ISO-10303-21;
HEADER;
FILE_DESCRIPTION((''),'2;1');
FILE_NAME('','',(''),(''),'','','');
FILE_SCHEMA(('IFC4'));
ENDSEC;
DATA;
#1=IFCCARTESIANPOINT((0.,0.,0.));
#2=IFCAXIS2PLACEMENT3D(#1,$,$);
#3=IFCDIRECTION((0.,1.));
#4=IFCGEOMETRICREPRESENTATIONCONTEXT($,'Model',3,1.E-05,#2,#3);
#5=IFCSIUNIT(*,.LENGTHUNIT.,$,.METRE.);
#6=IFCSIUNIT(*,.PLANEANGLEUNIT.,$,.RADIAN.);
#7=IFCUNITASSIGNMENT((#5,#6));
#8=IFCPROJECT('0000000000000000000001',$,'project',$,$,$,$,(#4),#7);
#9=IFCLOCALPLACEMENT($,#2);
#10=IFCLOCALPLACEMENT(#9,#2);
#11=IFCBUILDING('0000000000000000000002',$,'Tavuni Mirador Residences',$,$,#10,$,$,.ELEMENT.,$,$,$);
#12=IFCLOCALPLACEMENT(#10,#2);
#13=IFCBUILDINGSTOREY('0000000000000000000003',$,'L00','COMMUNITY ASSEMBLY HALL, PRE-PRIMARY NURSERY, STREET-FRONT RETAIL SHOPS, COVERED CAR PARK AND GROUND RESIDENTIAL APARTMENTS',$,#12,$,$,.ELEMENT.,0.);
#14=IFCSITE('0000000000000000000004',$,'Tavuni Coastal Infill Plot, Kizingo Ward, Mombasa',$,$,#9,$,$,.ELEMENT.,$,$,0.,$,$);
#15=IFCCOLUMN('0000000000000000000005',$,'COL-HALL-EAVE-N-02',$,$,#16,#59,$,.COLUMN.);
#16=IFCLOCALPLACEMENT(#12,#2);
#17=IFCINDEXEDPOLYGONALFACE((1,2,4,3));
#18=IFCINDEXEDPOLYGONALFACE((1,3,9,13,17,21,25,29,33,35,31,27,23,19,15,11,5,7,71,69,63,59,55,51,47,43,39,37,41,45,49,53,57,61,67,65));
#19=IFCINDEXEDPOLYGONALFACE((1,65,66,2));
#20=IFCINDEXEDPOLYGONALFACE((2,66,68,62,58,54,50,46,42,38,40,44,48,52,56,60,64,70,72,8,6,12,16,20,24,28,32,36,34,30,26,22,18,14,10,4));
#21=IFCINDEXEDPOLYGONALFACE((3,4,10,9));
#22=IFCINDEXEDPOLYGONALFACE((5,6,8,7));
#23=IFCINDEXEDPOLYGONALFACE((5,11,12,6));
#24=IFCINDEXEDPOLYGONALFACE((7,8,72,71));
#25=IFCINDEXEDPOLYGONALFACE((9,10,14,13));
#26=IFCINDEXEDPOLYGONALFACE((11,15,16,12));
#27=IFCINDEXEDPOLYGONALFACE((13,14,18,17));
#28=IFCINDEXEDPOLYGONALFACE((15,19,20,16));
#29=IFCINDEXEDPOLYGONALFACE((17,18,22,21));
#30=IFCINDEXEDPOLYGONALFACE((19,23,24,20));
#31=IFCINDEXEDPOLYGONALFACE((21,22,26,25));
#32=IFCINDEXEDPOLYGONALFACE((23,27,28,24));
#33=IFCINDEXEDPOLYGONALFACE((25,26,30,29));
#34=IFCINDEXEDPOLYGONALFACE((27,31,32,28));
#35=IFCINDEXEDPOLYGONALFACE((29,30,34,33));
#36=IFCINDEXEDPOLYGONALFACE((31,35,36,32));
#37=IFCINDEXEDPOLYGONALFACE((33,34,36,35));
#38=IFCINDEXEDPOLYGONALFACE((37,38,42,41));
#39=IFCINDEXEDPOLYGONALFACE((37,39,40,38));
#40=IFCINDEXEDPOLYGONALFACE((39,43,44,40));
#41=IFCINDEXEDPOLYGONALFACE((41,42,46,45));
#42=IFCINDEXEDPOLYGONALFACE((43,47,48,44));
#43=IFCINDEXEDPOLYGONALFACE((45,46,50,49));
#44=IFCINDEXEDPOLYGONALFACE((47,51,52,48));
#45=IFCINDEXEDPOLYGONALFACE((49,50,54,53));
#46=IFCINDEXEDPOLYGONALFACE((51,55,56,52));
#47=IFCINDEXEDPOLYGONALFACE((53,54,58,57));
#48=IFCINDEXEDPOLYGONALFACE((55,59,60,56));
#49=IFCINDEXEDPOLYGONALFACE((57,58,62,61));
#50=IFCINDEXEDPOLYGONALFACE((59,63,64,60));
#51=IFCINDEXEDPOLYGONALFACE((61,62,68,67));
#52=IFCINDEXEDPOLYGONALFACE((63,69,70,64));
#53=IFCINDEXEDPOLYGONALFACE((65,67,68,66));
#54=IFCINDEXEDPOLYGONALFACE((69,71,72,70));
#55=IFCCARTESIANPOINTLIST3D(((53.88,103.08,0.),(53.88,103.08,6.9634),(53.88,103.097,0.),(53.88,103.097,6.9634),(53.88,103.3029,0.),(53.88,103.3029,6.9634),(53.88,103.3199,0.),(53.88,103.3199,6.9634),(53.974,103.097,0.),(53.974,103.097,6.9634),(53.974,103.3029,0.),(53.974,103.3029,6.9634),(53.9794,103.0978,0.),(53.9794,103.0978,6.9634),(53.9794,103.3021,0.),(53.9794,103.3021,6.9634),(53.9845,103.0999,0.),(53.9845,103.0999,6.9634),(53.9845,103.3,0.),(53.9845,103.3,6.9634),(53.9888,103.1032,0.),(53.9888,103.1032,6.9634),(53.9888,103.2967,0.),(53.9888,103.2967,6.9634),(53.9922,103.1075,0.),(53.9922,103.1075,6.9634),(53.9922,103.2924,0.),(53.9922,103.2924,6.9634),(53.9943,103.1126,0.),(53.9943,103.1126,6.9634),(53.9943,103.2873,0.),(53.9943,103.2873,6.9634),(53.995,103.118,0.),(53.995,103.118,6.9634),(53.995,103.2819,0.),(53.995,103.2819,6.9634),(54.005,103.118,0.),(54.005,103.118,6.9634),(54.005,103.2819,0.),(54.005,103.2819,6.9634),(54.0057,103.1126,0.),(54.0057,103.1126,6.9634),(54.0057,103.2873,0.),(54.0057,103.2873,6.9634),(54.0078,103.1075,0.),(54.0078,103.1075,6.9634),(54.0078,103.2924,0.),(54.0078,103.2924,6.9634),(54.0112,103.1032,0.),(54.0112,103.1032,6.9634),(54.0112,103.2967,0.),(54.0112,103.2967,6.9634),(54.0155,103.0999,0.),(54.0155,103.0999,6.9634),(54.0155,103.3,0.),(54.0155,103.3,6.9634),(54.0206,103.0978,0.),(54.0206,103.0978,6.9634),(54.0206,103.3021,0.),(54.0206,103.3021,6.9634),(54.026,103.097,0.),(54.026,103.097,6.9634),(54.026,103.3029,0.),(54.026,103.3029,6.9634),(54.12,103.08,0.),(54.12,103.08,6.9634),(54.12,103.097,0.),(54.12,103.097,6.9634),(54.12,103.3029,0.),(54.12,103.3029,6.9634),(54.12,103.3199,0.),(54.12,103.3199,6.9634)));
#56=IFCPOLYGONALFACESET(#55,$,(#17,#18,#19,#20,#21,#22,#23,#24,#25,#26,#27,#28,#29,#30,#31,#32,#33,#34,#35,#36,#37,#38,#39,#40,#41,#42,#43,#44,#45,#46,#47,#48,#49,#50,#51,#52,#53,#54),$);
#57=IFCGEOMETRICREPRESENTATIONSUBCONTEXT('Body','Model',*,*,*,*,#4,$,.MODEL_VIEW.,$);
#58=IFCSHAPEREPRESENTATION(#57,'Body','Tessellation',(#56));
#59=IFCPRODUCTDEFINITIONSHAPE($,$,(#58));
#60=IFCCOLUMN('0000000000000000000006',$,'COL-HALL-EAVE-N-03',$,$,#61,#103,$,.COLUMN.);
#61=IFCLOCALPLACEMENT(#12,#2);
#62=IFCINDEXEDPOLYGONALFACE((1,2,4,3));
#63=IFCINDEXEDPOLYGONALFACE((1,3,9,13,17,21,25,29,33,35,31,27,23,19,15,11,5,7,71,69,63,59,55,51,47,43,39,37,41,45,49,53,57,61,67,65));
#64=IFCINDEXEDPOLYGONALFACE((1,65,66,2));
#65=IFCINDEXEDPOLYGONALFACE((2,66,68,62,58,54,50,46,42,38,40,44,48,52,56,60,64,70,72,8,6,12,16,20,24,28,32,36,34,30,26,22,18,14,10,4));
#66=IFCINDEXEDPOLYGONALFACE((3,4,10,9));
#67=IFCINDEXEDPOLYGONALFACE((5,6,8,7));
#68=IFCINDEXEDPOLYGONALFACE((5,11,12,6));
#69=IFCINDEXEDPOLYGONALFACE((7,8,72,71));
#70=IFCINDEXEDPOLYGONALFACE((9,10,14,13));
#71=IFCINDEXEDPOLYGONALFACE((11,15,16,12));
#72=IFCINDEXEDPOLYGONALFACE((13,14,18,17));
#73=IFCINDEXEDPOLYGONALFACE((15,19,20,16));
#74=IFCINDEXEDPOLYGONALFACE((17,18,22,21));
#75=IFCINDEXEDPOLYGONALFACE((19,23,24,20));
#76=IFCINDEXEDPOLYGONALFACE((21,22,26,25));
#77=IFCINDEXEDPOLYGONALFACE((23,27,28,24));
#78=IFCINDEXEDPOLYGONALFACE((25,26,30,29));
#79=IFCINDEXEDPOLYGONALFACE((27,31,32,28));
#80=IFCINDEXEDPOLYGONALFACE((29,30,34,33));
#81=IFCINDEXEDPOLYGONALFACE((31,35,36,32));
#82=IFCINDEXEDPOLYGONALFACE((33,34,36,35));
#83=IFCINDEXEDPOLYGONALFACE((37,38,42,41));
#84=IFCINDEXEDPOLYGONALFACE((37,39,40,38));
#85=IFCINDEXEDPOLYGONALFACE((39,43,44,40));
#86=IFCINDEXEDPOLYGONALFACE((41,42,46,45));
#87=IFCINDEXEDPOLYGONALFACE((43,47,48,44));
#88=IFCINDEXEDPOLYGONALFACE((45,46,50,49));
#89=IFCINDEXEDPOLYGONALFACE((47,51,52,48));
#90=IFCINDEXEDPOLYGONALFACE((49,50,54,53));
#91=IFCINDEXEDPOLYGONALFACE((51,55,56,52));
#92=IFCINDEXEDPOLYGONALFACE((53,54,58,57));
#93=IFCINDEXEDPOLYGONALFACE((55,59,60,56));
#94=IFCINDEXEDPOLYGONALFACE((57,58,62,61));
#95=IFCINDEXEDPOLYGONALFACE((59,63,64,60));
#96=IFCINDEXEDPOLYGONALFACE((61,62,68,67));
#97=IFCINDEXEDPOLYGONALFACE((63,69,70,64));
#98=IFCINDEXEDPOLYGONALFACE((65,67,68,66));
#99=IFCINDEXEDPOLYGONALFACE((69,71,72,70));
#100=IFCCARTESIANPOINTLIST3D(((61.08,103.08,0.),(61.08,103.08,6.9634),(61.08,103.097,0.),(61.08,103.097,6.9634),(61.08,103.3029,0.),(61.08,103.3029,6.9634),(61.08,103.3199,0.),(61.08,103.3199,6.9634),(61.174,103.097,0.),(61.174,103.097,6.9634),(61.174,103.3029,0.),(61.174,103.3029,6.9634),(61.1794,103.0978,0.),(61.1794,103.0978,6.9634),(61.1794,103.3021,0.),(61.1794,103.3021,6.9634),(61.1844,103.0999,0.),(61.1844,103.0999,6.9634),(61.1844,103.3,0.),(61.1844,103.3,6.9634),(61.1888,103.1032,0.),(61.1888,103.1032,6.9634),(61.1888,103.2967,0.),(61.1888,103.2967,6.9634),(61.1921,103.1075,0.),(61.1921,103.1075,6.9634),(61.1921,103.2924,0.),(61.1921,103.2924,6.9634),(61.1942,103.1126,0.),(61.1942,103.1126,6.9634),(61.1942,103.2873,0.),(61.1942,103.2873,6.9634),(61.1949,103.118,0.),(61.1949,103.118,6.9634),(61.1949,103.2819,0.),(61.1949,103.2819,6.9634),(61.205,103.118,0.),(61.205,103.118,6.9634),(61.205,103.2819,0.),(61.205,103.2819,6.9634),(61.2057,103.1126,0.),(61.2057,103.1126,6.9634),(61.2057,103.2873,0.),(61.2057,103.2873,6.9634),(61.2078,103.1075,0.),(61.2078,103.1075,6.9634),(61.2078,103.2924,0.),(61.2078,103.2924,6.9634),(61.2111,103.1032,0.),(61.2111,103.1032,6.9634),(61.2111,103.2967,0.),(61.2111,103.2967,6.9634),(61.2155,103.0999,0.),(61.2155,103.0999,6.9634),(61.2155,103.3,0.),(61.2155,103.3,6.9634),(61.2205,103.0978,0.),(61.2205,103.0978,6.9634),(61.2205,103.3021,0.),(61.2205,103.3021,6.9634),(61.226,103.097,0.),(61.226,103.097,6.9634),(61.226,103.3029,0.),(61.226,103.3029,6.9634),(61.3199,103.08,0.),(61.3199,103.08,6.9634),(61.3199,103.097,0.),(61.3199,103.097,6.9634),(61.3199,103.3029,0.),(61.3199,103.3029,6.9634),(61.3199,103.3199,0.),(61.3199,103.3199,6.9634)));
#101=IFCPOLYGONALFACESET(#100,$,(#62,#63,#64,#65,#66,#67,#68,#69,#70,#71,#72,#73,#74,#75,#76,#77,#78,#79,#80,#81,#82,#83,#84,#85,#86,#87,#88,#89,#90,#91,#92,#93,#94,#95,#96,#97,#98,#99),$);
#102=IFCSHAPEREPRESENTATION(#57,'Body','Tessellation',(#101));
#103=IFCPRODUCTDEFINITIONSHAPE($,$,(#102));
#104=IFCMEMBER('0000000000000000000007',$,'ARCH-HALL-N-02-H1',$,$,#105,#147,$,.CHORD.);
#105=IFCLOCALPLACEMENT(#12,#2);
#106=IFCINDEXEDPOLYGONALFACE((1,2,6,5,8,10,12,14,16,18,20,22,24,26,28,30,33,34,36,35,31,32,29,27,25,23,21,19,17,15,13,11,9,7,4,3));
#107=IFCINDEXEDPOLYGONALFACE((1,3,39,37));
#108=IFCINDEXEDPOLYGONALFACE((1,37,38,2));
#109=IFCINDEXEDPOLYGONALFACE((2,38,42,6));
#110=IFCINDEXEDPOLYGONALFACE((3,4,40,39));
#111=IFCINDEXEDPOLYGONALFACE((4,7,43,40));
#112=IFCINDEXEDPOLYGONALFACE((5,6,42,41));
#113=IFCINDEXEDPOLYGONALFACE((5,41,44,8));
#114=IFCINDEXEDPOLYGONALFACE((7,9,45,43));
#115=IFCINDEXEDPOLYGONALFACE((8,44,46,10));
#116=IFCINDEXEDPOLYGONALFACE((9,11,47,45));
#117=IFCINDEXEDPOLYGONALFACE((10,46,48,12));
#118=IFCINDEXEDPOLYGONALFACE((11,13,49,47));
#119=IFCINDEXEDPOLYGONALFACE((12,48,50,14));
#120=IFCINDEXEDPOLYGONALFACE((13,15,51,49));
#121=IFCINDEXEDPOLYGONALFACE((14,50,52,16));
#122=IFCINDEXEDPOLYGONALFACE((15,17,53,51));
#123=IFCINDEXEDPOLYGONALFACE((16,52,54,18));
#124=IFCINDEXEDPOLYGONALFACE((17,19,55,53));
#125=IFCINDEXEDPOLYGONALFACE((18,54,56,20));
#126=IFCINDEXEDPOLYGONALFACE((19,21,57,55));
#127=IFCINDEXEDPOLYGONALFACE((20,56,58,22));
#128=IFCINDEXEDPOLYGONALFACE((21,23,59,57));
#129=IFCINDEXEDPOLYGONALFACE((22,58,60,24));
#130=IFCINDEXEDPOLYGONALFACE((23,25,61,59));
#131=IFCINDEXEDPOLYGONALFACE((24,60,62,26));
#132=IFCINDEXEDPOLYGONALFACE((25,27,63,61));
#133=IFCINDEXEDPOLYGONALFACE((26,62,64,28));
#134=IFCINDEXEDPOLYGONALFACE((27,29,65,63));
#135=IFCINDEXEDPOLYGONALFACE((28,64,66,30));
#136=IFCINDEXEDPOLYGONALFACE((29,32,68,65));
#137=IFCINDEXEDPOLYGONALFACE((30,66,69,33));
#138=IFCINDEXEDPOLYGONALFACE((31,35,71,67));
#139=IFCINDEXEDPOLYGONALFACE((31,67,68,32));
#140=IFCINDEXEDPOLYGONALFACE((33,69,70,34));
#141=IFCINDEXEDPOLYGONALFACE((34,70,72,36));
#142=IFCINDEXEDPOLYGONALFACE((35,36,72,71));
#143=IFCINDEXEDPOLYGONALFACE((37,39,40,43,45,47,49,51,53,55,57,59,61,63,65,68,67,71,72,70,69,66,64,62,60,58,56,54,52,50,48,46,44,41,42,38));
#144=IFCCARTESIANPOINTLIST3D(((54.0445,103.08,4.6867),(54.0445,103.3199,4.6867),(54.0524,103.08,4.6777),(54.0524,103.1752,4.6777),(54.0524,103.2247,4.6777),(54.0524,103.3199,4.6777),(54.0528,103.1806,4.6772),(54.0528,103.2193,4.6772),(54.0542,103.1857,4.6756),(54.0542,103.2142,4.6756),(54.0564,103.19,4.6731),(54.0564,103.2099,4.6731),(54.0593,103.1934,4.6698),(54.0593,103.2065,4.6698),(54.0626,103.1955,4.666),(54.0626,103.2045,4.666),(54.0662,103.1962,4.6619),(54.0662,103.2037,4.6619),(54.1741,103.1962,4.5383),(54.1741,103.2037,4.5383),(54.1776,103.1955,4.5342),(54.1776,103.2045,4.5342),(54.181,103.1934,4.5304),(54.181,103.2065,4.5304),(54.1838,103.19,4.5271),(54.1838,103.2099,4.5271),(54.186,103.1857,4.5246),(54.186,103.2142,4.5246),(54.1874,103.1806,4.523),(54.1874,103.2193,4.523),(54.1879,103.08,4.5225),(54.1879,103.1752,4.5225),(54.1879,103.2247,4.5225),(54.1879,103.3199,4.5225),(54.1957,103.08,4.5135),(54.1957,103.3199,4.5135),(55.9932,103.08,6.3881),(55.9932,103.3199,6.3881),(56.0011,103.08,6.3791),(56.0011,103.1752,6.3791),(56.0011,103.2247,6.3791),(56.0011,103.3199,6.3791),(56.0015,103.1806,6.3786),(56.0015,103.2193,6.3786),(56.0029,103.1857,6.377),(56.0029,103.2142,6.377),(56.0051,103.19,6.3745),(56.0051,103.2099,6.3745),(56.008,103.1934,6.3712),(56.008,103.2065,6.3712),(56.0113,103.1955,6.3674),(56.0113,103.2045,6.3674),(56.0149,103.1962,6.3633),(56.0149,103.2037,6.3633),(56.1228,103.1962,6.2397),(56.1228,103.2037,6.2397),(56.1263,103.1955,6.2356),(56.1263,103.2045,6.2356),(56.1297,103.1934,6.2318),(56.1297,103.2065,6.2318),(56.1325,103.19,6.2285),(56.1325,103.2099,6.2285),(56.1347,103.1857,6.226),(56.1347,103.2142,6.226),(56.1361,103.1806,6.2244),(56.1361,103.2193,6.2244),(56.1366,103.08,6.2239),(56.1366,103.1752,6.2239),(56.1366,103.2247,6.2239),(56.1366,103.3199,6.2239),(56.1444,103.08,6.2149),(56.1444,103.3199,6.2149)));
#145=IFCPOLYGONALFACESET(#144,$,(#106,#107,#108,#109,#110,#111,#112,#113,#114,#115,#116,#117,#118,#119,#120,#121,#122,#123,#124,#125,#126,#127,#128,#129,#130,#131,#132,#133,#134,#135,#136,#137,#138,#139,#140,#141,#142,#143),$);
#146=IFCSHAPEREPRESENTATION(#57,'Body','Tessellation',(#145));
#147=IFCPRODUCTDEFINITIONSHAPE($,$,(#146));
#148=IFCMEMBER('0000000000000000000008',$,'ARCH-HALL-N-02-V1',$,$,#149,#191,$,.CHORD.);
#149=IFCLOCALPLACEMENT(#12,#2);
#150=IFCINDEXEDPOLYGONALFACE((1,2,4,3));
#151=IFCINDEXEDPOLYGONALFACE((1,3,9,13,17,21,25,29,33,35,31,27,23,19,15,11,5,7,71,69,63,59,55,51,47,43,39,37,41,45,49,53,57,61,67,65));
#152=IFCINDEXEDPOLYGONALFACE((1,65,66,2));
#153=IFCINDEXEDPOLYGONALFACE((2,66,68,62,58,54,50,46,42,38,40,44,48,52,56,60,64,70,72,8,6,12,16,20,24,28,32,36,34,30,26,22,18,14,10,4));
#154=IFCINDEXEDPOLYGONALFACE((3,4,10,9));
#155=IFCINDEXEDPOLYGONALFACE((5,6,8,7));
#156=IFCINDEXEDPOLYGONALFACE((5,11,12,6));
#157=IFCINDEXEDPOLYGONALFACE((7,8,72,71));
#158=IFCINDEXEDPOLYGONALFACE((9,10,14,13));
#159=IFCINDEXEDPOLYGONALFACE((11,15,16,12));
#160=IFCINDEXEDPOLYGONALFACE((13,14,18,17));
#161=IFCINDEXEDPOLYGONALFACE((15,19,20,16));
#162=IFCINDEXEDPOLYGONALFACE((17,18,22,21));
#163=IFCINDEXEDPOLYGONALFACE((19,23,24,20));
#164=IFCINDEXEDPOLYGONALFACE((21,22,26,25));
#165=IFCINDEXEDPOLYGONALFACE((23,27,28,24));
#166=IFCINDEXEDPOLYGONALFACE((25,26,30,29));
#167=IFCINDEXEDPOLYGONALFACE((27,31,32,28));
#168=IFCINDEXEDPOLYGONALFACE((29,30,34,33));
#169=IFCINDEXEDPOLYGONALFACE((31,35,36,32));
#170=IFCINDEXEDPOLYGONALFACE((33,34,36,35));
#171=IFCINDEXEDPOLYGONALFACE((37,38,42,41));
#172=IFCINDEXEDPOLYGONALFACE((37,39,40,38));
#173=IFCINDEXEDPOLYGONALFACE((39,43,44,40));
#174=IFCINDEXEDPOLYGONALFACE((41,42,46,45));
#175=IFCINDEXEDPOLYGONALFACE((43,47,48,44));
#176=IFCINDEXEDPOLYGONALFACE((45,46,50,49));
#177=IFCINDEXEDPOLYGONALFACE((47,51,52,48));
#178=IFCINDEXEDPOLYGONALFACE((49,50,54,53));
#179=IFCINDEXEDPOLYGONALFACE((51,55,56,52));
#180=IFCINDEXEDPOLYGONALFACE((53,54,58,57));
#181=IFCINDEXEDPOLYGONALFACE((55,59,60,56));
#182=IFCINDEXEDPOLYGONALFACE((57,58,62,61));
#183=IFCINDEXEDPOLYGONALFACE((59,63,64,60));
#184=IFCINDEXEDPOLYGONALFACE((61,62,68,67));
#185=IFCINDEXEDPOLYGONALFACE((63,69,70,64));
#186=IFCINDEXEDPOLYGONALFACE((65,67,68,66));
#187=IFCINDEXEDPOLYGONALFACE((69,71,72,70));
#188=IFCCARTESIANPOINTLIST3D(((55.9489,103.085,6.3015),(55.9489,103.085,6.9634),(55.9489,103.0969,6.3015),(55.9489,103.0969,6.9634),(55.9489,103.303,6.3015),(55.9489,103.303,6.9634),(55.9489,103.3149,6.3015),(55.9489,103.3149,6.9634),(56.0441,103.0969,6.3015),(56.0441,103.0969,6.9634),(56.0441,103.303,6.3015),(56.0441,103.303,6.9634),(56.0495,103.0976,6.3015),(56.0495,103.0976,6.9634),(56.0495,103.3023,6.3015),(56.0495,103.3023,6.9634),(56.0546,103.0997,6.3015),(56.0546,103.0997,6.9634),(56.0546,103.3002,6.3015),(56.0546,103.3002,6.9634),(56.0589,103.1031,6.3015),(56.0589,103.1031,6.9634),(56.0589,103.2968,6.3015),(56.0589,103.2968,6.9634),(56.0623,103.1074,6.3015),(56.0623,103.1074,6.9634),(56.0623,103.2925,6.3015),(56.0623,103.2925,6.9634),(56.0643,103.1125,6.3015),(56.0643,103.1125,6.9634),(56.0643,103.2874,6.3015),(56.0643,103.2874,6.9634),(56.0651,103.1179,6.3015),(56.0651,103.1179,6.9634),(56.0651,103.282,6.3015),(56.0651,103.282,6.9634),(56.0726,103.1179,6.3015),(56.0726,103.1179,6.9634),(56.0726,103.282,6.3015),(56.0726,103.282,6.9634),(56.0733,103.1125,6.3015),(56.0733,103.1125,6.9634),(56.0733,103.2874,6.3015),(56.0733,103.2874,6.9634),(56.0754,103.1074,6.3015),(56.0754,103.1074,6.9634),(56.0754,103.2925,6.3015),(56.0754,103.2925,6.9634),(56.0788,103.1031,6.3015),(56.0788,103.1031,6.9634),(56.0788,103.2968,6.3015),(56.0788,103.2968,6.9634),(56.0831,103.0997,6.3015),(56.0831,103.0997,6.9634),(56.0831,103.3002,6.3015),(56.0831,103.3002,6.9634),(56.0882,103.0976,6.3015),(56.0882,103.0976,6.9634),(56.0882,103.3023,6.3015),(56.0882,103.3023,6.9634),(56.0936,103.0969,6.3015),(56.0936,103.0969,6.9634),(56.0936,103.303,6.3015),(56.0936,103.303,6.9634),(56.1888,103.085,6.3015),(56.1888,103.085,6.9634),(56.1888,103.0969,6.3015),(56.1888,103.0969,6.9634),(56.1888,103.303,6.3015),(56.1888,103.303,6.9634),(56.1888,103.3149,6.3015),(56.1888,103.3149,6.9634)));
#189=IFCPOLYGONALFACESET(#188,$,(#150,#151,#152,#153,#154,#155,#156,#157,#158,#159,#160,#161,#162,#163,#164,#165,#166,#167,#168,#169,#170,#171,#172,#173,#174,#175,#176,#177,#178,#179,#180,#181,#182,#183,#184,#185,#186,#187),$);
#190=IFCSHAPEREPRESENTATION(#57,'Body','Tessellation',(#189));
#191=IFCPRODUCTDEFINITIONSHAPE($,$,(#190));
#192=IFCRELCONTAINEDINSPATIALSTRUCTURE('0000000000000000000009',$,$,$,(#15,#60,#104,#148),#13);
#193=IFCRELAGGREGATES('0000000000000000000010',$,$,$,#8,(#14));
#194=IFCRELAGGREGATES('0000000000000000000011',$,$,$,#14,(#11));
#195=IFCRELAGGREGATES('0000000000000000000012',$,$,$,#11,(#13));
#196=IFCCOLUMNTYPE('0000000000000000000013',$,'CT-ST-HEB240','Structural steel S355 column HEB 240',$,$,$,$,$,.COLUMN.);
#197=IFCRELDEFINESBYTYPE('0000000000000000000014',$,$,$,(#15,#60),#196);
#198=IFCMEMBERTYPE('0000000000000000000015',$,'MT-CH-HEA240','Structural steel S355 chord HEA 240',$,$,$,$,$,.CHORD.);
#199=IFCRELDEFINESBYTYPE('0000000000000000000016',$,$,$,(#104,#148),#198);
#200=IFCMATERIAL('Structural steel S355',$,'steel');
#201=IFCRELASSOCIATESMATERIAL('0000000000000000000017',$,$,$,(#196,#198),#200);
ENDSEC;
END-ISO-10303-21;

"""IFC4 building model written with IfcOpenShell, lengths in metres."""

from ifc_helpers import new_model, si_unit, direction, frame, origin, origin_2d, place, context, subcontext, project, spatial, i_section, extrude, material, material_profile, profile_set, type_object, element, save


model = new_model("IFC4")

# Units and contexts
model_context = context("Model", 3, precision=1e-05, world=origin(), true_north=direction((0.0, 1.0)))
body_context = subcontext(model_context, "Body", "Model", "MODEL_VIEW")
ifc_project = project(units=[si_unit("LENGTHUNIT", "METRE"), si_unit("PLANEANGLEUNIT", "RADIAN")], contexts=[model_context])

# Site, building, storey
site_placement = place(None, origin())
site = spatial("IfcSite", under=ifc_project, at=site_placement, Name="Tavuni Coastal Infill Plot, Kizingo Ward, Mombasa", CompositionType="ELEMENT", RefElevation=0.0)
building_placement = place(site_placement, origin())
building = spatial("IfcBuilding", under=site, at=building_placement, Name="Tavuni Mirador Residences", CompositionType="ELEMENT")
storey_placement = place(building_placement, origin())
storey = spatial("IfcBuildingStorey", under=building, at=storey_placement, Name="L00", Description="COMMUNITY ASSEMBLY HALL, PRE-PRIMARY NURSERY, STREET-FRONT RETAIL SHOPS, COVERED CAR PARK AND GROUND RESIDENTIAL APARTMENTS", CompositionType="ELEMENT", Elevation=0.0)

# Columns
ifc_material = material(Name="Structural steel S355", Category="steel")
ifc_material_profile_1 = material_profile(ifc_material, i_section(OverallWidth=0.24, OverallDepth=0.24, WebThickness=0.01, FlangeThickness=0.0171, FilletRadius=0.021, at=origin_2d()), Name="HEB 240", Category="steel")
ifc_profile_set_1 = profile_set([ifc_material_profile_1], Name="Structural steel S355")
column_type = type_object("IfcColumnType", Name="CT-ST-HEB240", Description="Structural steel S355 column HEB 240", PredefinedType="COLUMN", material=ifc_profile_set_1)
for number, where, z_axis, x_axis, name in (
    (1, (54.0, 103.2, 0.0), (0.0, 0.0, 1.0), (1.0, 0.0, 0.0), "COL-HALL-EAVE-N-02"),
    (2, (61.2, 103.2, 0.0), (0.0, 0.0, 1.0), (1.0, 0.0, 0.0), "COL-HALL-EAVE-N-03"),
):
    element("IfcColumn", number, at=place(storey_placement, frame(where, z_axis=z_axis, x_axis=x_axis)), inside=storey, type_object=column_type, Name=name, PredefinedType="COLUMN", context=body_context, shape_type="SweptSolid", body=[
        extrude(i_section(OverallWidth=0.24, OverallDepth=0.24, WebThickness=0.01, FlangeThickness=0.0171, FilletRadius=0.021, at=origin_2d()), origin(), (0.0, 0.0, 1.0), 6.9634),
    ])

# Members
ifc_material_profile_2 = material_profile(ifc_material, i_section(OverallWidth=0.24, OverallDepth=0.23, WebThickness=0.0076, FlangeThickness=0.012, FilletRadius=0.021, at=origin_2d()), Name="HEA 240", Category="steel")
ifc_profile_set_2 = profile_set([ifc_material_profile_2], Name="Structural steel S355")
member_type = type_object("IfcMemberType", Name="MT-CH-HEA240", Description="Structural steel S355 chord HEA 240", PredefinedType="CHORD", material=ifc_profile_set_2)
member_1_placement = place(storey_placement, frame((54.1201, 103.2, 4.6001), z_axis=(0.753289, 0.0, 0.657689), x_axis=(0.0, 1.0, 0.0)))
element("IfcMember", 3, at=member_1_placement, inside=storey, type_object=member_type, Name="ARCH-HALL-N-02-H1", PredefinedType="CHORD", context=body_context, shape_type="SweptSolid", body=[
    extrude(i_section(OverallWidth=0.24, OverallDepth=0.23, WebThickness=0.0076, FlangeThickness=0.012, FilletRadius=0.021, at=origin_2d()), origin(), (0.0, 0.0, 1.0), 2.5869),
])
member_2_placement = place(storey_placement, frame((56.0688, 103.2, 6.3015), z_axis=(0.0, 0.0, 1.0), x_axis=(1.0, 0.0, 0.0)))
element("IfcMember", 4, at=member_2_placement, inside=storey, type_object=member_type, Name="ARCH-HALL-N-02-V1", PredefinedType="CHORD", context=body_context, shape_type="SweptSolid", body=[
    extrude(i_section(OverallWidth=0.24, OverallDepth=0.23, WebThickness=0.0076, FlangeThickness=0.012, FilletRadius=0.021, at=origin_2d()), origin(), (0.0, 0.0, 1.0), 0.6619),
])

save(model, "model.ifc")
